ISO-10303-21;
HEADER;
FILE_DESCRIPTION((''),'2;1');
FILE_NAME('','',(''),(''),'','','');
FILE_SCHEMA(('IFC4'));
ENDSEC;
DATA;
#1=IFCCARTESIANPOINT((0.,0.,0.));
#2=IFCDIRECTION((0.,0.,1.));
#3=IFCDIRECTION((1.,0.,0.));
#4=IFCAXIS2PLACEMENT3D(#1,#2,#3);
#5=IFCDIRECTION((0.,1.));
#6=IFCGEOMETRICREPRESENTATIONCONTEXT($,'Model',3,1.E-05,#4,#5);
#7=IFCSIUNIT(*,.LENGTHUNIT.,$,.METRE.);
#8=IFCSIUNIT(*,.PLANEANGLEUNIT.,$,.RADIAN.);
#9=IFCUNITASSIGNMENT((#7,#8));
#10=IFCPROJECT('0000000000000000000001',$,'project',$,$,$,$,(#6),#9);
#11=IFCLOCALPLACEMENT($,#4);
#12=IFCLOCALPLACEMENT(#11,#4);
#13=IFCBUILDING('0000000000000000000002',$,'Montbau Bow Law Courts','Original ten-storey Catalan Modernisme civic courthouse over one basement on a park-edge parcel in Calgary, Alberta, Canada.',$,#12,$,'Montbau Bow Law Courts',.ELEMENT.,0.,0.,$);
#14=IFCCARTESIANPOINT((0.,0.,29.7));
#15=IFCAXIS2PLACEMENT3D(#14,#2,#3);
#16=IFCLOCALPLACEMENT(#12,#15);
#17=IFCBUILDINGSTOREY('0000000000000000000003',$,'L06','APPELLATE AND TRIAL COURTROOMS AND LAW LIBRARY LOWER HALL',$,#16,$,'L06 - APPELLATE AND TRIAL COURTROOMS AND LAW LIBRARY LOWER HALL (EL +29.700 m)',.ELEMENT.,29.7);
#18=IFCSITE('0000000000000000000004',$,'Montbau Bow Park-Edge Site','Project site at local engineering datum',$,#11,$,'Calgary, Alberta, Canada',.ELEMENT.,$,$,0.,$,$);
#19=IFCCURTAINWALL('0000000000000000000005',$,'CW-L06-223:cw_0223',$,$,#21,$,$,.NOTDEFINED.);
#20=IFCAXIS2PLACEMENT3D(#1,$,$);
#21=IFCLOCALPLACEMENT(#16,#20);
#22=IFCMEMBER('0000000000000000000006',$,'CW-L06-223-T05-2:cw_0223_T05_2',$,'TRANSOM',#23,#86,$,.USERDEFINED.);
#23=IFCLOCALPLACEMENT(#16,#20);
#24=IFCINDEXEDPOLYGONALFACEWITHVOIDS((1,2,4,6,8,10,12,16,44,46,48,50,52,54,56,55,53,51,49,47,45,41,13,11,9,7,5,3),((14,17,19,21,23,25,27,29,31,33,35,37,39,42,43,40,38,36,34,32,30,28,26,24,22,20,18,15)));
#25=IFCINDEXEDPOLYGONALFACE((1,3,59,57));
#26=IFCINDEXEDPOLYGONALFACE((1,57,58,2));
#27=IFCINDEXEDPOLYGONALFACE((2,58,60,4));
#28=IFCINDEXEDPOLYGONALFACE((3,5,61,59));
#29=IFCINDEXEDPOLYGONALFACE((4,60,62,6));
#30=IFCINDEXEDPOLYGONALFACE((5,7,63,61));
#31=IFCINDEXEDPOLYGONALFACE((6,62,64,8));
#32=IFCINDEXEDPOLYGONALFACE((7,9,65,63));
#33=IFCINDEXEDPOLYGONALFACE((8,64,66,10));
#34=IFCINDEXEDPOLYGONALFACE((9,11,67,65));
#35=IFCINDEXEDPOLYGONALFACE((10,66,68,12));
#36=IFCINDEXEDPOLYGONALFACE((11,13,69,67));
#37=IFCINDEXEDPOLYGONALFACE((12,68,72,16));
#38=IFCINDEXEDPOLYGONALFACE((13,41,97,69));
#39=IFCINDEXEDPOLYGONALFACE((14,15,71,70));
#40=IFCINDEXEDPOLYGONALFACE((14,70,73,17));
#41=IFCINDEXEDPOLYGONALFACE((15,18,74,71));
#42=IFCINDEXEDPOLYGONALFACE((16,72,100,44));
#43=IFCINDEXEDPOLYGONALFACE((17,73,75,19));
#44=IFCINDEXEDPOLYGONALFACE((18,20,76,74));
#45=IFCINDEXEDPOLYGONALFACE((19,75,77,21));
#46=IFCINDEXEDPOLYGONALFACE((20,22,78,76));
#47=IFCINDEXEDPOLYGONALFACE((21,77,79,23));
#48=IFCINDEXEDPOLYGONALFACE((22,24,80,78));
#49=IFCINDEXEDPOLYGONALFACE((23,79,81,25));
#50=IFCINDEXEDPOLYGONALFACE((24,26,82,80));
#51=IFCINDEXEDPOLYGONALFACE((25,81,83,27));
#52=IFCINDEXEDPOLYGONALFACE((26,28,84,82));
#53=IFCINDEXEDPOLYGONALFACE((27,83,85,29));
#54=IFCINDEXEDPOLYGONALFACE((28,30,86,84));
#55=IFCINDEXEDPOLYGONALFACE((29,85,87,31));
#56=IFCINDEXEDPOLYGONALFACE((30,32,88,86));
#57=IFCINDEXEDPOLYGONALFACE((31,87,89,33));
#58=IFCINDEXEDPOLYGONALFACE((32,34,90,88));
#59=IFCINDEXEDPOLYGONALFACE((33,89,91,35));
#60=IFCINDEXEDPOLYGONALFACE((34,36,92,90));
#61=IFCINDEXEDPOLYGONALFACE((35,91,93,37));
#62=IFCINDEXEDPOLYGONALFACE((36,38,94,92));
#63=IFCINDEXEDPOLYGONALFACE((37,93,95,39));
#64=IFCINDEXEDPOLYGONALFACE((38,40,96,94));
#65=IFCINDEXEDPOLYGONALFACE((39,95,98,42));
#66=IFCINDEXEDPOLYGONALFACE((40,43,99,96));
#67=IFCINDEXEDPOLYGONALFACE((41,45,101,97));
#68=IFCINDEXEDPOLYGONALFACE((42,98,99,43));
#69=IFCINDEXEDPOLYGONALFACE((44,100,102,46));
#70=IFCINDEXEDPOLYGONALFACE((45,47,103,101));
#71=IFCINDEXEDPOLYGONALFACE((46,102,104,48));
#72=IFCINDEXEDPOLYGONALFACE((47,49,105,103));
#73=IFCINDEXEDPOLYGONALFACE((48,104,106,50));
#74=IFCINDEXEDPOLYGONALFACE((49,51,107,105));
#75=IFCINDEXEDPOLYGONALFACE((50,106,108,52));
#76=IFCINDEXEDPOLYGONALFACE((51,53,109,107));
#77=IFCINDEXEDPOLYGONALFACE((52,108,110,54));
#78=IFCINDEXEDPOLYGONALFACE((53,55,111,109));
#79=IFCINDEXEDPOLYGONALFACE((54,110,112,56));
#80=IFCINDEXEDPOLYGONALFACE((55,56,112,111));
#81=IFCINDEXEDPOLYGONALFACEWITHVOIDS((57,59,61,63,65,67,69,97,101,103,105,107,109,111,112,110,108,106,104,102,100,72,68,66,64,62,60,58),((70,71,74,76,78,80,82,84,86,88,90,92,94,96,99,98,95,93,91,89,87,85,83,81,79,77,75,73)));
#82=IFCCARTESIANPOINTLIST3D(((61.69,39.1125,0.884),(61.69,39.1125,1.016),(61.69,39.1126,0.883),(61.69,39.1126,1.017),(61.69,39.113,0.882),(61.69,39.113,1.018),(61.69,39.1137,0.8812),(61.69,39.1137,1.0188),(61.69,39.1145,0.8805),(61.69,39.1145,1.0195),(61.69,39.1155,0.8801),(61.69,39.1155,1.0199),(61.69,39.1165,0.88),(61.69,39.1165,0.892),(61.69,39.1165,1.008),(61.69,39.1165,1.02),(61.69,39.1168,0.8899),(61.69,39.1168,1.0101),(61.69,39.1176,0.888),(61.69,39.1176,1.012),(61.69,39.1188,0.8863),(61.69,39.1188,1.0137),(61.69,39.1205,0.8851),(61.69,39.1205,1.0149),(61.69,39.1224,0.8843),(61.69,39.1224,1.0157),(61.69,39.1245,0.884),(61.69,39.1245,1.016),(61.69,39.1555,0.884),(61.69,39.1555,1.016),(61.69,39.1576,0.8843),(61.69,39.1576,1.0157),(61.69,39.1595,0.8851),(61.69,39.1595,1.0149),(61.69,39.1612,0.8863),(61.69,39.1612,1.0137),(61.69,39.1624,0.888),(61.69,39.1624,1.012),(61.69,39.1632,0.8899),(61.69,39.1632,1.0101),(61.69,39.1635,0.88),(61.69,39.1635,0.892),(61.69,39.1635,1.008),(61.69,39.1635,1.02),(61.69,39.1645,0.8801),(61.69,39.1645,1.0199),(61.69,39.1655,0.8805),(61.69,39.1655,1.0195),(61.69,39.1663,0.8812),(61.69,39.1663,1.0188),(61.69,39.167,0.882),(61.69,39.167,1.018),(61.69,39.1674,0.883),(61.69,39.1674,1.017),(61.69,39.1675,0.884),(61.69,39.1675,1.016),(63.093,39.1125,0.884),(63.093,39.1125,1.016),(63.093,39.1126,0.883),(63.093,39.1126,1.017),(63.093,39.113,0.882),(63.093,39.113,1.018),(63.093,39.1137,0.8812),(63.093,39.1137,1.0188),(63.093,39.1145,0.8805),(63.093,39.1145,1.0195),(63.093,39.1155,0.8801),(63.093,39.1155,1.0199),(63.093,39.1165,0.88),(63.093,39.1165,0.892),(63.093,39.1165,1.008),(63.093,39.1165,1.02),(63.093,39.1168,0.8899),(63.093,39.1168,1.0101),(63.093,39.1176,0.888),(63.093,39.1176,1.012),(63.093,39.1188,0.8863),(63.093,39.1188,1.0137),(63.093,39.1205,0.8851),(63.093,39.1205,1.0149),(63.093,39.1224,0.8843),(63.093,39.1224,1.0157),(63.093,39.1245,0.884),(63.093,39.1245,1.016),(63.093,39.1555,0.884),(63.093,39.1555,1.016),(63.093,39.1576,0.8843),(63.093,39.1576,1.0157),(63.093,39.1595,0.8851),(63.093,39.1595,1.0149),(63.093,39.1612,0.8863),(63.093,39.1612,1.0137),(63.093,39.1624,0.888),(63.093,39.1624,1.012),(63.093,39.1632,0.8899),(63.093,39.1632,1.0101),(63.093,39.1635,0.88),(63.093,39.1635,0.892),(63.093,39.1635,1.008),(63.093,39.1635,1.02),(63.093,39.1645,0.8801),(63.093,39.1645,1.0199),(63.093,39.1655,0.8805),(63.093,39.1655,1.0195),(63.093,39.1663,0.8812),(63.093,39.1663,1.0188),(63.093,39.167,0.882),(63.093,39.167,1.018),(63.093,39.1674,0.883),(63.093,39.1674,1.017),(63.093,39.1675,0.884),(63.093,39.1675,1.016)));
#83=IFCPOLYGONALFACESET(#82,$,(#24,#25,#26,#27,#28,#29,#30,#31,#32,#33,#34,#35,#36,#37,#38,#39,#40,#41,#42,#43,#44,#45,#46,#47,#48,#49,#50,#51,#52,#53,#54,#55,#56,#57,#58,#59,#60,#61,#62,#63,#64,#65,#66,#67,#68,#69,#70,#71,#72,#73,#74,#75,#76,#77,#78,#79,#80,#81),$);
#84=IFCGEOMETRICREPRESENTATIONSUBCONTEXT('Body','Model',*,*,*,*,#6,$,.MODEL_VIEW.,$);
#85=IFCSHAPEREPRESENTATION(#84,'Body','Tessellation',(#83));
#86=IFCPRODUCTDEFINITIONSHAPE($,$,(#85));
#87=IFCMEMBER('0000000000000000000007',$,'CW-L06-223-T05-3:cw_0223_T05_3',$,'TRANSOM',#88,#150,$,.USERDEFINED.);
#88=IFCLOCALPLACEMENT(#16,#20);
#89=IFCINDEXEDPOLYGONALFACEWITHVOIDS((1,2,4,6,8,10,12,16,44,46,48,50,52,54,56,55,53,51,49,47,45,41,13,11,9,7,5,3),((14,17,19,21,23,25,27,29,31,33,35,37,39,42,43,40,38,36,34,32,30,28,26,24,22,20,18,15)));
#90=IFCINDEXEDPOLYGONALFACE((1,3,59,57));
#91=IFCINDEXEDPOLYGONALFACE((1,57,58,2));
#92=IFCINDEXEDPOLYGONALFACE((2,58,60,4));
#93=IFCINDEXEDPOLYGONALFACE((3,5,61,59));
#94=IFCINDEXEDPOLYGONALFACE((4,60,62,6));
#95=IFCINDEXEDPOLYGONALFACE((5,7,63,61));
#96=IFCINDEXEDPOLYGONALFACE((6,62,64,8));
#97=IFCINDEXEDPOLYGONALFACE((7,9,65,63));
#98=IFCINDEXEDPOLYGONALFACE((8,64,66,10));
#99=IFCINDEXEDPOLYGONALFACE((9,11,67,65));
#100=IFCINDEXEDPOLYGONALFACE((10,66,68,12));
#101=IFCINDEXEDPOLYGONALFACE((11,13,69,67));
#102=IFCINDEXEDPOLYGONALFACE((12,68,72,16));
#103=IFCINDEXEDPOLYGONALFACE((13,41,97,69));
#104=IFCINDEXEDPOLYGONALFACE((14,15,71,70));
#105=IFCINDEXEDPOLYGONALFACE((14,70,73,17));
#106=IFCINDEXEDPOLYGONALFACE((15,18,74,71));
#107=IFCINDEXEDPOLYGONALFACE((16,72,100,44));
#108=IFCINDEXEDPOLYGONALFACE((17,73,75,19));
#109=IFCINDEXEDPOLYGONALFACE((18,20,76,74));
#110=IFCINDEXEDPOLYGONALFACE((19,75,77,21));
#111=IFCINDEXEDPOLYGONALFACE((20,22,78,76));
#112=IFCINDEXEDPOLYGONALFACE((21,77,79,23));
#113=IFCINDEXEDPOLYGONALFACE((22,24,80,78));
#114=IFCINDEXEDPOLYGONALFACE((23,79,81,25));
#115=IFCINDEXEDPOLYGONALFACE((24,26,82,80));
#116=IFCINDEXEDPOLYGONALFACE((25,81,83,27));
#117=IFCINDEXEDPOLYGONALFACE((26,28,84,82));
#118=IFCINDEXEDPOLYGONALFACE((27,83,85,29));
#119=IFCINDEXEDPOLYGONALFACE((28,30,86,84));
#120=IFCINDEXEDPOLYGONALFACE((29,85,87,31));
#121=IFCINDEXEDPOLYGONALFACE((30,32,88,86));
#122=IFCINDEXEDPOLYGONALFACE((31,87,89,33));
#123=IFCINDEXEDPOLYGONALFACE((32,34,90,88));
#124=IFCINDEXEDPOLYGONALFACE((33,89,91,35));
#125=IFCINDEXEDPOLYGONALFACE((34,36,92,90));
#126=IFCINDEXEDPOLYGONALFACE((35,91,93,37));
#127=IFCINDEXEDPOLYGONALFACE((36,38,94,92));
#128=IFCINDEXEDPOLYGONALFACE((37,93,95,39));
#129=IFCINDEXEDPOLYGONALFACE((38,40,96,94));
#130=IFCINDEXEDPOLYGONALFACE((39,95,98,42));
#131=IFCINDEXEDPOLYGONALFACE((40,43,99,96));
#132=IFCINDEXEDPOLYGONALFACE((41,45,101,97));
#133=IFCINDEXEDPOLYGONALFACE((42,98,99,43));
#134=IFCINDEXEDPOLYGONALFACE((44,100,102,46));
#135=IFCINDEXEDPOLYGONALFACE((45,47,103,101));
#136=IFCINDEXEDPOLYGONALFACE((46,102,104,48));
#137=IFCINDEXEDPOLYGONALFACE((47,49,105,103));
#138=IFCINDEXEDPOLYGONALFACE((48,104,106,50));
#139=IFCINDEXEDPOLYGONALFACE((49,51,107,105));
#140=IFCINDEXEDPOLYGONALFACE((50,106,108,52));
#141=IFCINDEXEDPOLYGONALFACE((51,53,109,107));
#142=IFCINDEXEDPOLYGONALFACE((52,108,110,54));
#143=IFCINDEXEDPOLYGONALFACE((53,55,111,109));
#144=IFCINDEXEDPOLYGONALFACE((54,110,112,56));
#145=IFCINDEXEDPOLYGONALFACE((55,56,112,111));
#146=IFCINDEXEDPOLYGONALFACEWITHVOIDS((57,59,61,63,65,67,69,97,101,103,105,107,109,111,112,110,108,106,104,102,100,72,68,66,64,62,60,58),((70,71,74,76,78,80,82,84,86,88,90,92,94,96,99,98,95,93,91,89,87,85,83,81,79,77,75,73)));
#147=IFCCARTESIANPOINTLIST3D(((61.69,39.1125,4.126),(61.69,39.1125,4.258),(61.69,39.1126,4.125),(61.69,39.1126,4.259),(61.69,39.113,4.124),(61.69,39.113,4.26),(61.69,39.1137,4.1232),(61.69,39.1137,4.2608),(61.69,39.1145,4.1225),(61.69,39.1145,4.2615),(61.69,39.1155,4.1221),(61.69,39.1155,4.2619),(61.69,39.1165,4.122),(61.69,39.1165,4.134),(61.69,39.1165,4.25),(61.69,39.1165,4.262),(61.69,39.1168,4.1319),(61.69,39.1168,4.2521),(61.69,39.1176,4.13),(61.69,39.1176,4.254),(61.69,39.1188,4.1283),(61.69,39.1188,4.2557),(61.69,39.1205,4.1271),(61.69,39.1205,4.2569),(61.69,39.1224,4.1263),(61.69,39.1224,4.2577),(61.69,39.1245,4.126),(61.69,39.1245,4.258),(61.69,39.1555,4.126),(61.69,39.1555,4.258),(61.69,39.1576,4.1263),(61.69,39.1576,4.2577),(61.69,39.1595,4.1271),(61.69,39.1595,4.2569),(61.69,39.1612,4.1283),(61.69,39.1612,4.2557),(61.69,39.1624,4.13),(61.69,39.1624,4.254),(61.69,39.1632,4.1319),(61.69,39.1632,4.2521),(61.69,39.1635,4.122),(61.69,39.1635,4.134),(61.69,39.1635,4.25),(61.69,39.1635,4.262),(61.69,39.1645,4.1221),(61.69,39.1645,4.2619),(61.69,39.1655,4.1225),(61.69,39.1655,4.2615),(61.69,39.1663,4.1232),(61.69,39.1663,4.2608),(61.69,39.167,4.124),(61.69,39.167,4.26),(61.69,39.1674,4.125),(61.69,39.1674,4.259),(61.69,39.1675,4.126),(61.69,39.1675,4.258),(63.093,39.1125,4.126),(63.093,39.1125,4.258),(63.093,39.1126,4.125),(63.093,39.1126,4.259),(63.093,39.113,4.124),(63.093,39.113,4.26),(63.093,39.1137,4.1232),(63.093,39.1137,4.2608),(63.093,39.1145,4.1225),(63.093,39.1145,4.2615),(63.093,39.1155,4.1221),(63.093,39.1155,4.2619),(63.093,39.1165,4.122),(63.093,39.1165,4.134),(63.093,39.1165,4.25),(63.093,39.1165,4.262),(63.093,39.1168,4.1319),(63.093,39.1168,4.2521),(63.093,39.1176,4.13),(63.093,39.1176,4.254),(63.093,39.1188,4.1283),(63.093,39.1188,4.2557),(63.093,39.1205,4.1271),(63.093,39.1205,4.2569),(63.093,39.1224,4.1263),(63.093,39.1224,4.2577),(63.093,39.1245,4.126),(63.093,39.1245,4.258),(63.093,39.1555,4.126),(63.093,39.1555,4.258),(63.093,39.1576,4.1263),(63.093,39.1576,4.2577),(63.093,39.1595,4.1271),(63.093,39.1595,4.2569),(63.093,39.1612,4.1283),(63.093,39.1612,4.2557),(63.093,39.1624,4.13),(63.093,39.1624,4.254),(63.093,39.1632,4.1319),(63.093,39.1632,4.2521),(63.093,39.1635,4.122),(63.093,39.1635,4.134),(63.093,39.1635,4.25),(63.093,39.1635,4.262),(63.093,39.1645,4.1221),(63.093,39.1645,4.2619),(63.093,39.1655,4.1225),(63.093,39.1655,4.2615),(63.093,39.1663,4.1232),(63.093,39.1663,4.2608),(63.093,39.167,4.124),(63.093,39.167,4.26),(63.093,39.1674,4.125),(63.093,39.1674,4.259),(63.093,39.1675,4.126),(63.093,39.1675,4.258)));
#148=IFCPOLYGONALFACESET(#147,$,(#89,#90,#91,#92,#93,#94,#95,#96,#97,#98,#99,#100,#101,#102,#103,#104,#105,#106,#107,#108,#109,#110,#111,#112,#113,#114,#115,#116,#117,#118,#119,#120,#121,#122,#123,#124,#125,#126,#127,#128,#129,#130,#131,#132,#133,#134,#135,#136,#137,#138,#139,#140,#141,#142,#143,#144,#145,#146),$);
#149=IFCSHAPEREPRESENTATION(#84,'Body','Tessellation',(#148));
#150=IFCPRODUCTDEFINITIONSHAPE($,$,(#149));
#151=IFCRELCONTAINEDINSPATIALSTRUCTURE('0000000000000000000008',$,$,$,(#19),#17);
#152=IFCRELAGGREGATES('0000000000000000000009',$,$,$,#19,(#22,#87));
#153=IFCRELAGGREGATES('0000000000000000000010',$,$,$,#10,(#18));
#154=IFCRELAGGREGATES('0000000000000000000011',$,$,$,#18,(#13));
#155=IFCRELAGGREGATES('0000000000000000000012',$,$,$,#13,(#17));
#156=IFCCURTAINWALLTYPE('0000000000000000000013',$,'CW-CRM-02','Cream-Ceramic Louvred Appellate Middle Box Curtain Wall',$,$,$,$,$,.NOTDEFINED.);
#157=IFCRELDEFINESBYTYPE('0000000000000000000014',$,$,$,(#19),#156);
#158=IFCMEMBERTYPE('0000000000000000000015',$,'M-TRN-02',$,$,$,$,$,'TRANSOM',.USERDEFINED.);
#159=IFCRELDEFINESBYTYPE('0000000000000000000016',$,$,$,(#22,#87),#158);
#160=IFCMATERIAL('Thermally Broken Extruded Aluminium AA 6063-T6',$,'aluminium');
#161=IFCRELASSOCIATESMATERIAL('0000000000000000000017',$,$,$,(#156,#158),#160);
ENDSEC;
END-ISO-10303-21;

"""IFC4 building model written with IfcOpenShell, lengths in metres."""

from ifc_helpers import new_model, si_unit, direction, frame, origin_with_axes, origin_2d_with_axis, place, context, subcontext, project, spatial, hollow_rectangle, extrude, material, material_profile, profile_set, type_object, element, aggregate, save


model = new_model("IFC4")

# Units and contexts
model_context = context("Model", 3, precision=1e-05, world=origin_with_axes(), true_north=direction((0.0, 1.0)))
body_context = subcontext(model_context, "Body", "Model", "MODEL_VIEW")
ifc_project = project(units=[si_unit("LENGTHUNIT", "METRE"), si_unit("PLANEANGLEUNIT", "RADIAN")], contexts=[model_context])

# Site, building, storey
site_placement = place(None, origin_with_axes())
site = spatial("IfcSite", under=ifc_project, at=site_placement, Name="Montbau Bow Park-Edge Site", Description="Project site at local engineering datum", LongName="Calgary, Alberta, Canada", CompositionType="ELEMENT", RefElevation=0.0)
building_placement = place(site_placement, origin_with_axes())
building = spatial("IfcBuilding", under=site, at=building_placement, Name="Montbau Bow Law Courts", Description="Original ten-storey Catalan Modernisme civic courthouse over one basement on a park-edge parcel in Calgary, Alberta, Canada.", LongName="Montbau Bow Law Courts", CompositionType="ELEMENT", ElevationOfRefHeight=0.0, ElevationOfTerrain=0.0)
storey_placement = place(building_placement, frame((0.0, 0.0, 29.7), z_axis=(0.0, 0.0, 1.0), x_axis=(1.0, 0.0, 0.0)))
storey = spatial("IfcBuildingStorey", under=building, at=storey_placement, Name="L06", Description="APPELLATE AND TRIAL COURTROOMS AND LAW LIBRARY LOWER HALL", LongName="L06 - APPELLATE AND TRIAL COURTROOMS AND LAW LIBRARY LOWER HALL (EL +29.700 m)", CompositionType="ELEMENT", Elevation=29.7)

# Curtain wall
ifc_material_1 = material(Name="Thermally Broken Extruded Aluminium AA 6063-T6", Category="aluminium")
curtain_wall_type = type_object("IfcCurtainWallType", Name="CW-CRM-02", Description="Cream-Ceramic Louvred Appellate Middle Box Curtain Wall", PredefinedType="NOTDEFINED", material=ifc_material_1)
curtain_wall_1_placement = place(None, frame((55.64, 39.14, 29.7), z_axis=(0.0, 0.0, 1.0), x_axis=(1.0, 0.0, 0.0)))
curtain_wall_1 = element("IfcCurtainWall", 1, at=curtain_wall_1_placement, inside=storey, type_object=curtain_wall_type, Name="CW-L06-223:cw_0223", PredefinedType="NOTDEFINED")

# Members
ifc_material_profile_1 = material_profile(ifc_material_1, hollow_rectangle(XDim=0.055, YDim=0.14, WallThickness=0.004, InnerFilletRadius=0.008, OuterFilletRadius=0.004, at=origin_2d_with_axis()), Name="CWT-140X55", Category="Main", Priority=0)
ifc_profile_set_1 = profile_set([ifc_material_profile_1], Name="Thermally Broken Extruded Aluminium AA 6063-T6")
member_type_1 = type_object("IfcMemberType", Name="M-TRN-02", ElementType="TRANSOM", PredefinedType="USERDEFINED", material=ifc_profile_set_1)
member_1_placement = place(None, frame((61.69, 39.14, 30.65), z_axis=(1.0, 0.0, 0.0), x_axis=(0.0, 1.0, 0.0)))
member_1 = element("IfcMember", 2, at=member_1_placement, type_object=member_type_1, Name="CW-L06-223-T05-2:cw_0223_T05_2", ObjectType="TRANSOM", PredefinedType="USERDEFINED", context=body_context, shape_type="SweptSolid", body=[
    extrude(hollow_rectangle(XDim=0.055, YDim=0.14, WallThickness=0.004, InnerFilletRadius=0.008, OuterFilletRadius=0.004, at=origin_2d_with_axis()), origin_with_axes(), (0.0, 0.0, 1.0), 1.403),
])
member_2_placement = place(None, frame((61.69, 39.14, 33.892), z_axis=(1.0, 0.0, 0.0), x_axis=(0.0, 1.0, 0.0)))
member_2 = element("IfcMember", 3, at=member_2_placement, type_object=member_type_1, Name="CW-L06-223-T05-3:cw_0223_T05_3", ObjectType="TRANSOM", PredefinedType="USERDEFINED", context=body_context, shape_type="SweptSolid", body=[
    extrude(hollow_rectangle(XDim=0.055, YDim=0.14, WallThickness=0.004, InnerFilletRadius=0.008, OuterFilletRadius=0.004, at=origin_2d_with_axis()), origin_with_axes(), (0.0, 0.0, 1.0), 1.403),
])

aggregate(curtain_wall_1, [member_1, member_2])

save(model, "model.ifc")
